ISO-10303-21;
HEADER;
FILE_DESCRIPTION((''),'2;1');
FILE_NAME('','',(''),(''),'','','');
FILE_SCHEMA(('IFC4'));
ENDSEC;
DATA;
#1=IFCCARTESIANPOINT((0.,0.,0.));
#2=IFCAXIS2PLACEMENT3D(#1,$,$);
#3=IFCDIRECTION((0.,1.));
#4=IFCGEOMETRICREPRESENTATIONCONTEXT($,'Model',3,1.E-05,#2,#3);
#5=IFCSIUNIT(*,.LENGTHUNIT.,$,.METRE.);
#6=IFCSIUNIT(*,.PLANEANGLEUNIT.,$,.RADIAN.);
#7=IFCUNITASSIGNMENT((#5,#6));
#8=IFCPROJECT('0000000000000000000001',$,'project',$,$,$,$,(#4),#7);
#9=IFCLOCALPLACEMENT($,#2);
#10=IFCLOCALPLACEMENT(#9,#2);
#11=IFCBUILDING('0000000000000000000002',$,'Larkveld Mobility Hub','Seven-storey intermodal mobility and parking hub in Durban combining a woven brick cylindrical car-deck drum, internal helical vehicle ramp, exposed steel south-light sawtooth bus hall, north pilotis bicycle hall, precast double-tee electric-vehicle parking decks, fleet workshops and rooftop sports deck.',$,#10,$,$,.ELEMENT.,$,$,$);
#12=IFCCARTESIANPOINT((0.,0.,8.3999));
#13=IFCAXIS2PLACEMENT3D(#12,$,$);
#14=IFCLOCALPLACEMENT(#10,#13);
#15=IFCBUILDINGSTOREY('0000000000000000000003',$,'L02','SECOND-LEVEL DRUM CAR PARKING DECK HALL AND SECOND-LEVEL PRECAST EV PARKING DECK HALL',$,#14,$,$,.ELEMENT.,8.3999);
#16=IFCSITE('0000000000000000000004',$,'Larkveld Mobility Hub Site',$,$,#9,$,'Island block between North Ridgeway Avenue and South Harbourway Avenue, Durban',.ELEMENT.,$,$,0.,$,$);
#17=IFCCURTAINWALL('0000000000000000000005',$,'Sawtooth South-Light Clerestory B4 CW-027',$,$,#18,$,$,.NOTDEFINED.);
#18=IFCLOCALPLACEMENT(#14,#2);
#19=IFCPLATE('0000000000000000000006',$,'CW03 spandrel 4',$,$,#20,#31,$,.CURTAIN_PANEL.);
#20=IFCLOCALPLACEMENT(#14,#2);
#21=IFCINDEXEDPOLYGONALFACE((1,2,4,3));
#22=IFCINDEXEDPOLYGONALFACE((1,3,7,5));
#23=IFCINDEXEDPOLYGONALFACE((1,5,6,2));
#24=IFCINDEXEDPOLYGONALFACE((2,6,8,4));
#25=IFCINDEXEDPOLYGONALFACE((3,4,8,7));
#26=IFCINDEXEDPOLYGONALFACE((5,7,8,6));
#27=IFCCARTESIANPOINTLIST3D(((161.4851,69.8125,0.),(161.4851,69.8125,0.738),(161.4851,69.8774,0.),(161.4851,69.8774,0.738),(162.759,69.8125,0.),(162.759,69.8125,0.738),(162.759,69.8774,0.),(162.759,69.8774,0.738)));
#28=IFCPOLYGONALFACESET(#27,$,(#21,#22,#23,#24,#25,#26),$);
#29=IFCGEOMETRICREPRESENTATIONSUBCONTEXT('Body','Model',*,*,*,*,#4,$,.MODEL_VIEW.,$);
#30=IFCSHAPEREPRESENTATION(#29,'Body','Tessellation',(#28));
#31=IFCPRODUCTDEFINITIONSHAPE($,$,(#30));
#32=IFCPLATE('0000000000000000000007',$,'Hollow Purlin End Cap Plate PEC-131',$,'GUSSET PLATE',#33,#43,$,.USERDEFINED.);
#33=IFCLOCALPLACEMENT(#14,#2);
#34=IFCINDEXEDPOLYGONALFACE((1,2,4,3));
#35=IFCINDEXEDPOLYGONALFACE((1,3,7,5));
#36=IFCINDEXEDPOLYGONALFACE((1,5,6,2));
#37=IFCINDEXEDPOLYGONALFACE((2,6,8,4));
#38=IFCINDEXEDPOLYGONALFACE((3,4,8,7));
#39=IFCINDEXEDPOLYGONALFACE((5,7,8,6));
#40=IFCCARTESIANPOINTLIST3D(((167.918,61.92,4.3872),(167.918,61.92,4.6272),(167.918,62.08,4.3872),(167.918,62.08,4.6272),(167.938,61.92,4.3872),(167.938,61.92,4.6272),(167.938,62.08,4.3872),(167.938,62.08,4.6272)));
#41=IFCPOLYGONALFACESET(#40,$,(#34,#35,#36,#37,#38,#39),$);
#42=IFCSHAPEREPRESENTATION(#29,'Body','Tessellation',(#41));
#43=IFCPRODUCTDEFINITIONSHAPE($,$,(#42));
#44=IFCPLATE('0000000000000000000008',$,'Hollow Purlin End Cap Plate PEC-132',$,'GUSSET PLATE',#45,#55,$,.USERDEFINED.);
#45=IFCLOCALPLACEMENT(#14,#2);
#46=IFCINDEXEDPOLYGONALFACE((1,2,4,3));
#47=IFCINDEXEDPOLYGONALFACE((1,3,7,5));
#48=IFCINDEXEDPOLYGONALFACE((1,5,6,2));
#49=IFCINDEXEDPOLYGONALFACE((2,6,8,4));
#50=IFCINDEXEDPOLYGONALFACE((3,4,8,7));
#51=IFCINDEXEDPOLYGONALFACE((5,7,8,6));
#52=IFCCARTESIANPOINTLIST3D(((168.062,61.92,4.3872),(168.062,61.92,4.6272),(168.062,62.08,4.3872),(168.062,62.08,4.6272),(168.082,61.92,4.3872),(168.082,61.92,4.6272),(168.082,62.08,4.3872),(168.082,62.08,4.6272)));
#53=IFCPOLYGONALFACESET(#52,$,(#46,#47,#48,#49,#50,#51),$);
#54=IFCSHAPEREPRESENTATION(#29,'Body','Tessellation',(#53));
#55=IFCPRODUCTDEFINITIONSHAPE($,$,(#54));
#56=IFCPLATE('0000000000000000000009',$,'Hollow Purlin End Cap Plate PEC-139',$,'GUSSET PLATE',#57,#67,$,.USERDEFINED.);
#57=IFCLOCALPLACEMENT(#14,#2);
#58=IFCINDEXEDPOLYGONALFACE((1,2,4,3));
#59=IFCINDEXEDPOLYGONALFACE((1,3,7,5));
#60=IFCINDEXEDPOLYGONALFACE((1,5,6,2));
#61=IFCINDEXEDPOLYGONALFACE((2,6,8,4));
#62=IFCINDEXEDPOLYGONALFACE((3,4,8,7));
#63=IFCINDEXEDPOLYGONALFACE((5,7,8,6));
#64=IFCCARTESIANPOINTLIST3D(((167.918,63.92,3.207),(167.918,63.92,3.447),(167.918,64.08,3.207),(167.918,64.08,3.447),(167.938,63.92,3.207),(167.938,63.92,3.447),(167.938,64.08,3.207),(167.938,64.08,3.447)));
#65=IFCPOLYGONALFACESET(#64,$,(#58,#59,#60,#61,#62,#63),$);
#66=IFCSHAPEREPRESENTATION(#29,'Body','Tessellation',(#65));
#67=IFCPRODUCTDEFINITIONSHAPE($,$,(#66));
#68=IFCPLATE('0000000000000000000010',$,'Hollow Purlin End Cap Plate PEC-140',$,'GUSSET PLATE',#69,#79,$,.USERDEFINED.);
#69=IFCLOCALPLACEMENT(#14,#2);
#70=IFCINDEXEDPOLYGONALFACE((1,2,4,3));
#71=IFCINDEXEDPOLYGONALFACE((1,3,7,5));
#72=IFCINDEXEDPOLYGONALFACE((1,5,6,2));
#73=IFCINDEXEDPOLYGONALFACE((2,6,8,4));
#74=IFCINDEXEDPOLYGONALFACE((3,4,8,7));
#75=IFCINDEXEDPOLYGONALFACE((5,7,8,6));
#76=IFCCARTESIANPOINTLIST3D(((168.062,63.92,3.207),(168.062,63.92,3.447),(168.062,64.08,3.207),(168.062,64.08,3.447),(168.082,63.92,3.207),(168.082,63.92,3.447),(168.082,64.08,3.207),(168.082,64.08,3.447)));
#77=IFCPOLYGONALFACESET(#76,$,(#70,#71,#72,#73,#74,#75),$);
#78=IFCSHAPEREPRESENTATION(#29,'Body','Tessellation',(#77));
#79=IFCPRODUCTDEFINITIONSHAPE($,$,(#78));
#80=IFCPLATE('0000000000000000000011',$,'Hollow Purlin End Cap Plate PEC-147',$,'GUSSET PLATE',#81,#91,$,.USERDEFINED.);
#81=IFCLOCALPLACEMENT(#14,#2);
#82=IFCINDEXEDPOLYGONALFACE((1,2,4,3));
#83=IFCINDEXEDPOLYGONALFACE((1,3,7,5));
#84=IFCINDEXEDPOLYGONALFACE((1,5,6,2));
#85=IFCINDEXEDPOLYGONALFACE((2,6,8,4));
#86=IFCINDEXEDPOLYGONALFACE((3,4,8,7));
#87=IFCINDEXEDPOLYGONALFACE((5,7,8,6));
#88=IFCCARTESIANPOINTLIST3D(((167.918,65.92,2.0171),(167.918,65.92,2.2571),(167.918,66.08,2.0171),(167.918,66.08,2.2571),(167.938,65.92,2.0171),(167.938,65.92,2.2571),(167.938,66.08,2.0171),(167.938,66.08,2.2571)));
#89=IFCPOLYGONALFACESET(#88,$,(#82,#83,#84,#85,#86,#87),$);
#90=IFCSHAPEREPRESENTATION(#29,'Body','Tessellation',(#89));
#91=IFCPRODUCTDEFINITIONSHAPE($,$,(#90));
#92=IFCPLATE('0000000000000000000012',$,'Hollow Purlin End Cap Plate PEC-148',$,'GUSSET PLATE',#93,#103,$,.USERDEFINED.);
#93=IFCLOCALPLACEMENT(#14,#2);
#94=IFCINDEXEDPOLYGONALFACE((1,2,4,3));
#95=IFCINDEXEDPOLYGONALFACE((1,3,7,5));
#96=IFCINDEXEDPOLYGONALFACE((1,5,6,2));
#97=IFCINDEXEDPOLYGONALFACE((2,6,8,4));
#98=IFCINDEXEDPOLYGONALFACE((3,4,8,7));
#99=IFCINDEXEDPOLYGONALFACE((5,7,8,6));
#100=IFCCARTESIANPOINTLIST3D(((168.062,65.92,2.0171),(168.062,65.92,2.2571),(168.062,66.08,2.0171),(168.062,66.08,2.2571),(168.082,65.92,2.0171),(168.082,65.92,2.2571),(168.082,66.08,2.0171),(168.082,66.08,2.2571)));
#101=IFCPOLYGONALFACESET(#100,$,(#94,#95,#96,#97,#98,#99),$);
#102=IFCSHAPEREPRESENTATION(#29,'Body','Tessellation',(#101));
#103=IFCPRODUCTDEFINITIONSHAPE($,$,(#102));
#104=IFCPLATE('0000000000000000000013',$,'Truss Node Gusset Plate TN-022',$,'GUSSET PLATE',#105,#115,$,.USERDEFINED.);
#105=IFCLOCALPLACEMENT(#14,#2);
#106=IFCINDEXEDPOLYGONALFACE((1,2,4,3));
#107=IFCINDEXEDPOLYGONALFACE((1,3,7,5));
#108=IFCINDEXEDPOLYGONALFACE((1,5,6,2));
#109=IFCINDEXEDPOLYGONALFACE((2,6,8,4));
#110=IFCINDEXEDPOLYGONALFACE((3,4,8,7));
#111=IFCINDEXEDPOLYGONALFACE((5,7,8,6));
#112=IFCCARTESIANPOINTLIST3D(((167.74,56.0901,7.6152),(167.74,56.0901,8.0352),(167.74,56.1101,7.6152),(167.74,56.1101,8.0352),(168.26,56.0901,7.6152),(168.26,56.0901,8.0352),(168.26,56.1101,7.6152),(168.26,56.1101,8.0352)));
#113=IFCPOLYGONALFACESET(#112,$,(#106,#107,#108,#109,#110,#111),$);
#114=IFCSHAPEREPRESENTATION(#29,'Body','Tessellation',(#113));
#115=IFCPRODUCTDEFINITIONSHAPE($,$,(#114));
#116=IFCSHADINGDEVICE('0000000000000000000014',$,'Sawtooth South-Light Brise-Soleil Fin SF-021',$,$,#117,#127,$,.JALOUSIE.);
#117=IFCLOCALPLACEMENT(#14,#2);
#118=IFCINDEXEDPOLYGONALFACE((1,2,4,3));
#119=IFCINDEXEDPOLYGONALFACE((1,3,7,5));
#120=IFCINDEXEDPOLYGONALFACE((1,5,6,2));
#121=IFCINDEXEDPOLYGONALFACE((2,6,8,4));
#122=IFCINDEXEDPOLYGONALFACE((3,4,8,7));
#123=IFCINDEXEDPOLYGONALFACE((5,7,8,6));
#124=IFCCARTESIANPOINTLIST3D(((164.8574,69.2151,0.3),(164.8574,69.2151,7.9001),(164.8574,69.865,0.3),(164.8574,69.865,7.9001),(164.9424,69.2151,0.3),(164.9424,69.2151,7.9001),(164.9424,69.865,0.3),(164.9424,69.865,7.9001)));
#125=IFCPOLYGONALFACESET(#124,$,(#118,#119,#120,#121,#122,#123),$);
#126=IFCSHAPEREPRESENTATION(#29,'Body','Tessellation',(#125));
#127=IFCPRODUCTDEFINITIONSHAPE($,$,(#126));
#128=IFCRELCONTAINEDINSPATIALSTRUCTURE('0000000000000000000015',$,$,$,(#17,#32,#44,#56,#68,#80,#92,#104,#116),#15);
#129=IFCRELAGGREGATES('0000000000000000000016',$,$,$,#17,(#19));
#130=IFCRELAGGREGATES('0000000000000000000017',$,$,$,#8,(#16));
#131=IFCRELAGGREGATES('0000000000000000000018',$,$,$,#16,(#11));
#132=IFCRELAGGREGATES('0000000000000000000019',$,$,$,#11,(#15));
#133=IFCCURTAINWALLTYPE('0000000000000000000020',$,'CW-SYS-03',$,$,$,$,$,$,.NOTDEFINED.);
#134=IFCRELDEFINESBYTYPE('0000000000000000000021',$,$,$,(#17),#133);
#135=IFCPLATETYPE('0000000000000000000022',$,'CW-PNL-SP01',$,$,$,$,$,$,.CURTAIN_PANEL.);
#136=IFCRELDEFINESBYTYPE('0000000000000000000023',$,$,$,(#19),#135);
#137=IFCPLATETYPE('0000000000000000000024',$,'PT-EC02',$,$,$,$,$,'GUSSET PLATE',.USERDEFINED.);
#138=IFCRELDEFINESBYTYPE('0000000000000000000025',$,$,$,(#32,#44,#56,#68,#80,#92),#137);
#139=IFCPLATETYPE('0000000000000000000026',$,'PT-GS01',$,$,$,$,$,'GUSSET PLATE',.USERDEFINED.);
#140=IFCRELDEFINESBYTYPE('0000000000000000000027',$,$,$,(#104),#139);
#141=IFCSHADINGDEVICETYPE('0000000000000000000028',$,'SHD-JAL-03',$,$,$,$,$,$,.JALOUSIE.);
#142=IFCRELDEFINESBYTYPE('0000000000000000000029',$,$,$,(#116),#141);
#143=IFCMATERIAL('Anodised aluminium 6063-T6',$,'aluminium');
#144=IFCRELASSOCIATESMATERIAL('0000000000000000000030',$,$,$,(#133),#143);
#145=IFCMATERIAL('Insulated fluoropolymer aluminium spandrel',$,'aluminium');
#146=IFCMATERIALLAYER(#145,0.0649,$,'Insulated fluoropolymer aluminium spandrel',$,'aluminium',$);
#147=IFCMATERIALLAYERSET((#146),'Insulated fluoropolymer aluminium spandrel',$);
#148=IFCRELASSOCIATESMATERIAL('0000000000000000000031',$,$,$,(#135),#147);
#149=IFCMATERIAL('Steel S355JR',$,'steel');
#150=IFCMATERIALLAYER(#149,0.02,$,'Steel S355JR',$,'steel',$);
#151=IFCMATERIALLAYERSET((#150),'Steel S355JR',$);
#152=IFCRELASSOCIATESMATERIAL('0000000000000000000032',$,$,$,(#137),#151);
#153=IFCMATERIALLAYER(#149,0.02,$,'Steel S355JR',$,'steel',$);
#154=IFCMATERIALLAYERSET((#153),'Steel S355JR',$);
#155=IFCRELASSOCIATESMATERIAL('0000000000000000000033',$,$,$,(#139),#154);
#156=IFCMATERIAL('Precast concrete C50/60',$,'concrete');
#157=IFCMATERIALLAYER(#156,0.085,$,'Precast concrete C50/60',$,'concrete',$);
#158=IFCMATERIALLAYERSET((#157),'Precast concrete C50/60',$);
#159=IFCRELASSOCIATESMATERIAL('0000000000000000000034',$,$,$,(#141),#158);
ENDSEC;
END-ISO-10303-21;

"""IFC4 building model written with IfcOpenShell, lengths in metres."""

from ifc_helpers import new_model, si_unit, direction, frame, origin, origin_2d, place, context, subcontext, project, spatial, rectangle, extrude, material, layer, layer_set, type_object, element, aggregate, save


model = new_model("IFC4")

# Units and contexts
model_context = context("Model", 3, precision=1e-05, world=origin(), true_north=direction((0.0, 1.0)))
body_context = subcontext(model_context, "Body", "Model", "MODEL_VIEW")
ifc_project = project(units=[si_unit("LENGTHUNIT", "METRE"), si_unit("PLANEANGLEUNIT", "RADIAN")], contexts=[model_context])

# Site, building, storey
site_placement = place(None, origin())
site = spatial("IfcSite", under=ifc_project, at=site_placement, Name="Larkveld Mobility Hub Site", LongName="Island block between North Ridgeway Avenue and South Harbourway Avenue, Durban", CompositionType="ELEMENT", RefElevation=0.0)
building_placement = place(site_placement, origin())
building = spatial("IfcBuilding", under=site, at=building_placement, Name="Larkveld Mobility Hub", Description="Seven-storey intermodal mobility and parking hub in Durban combining a woven brick cylindrical car-deck drum, internal helical vehicle ramp, exposed steel south-light sawtooth bus hall, north pilotis bicycle hall, precast double-tee electric-vehicle parking decks, fleet workshops and rooftop sports deck.", CompositionType="ELEMENT")
storey_placement = place(building_placement, frame((0.0, 0.0, 8.3999)))
storey = spatial("IfcBuildingStorey", under=building, at=storey_placement, Name="L02", Description="SECOND-LEVEL DRUM CAR PARKING DECK HALL AND SECOND-LEVEL PRECAST EV PARKING DECK HALL", CompositionType="ELEMENT", Elevation=8.3999)

# Curtain wall
ifc_material_1 = material(Name="Anodised aluminium 6063-T6", Category="aluminium")
curtain_wall_type = type_object("IfcCurtainWallType", Name="CW-SYS-03", PredefinedType="NOTDEFINED", material=ifc_material_1)
curtain_wall_placement = place(storey_placement, origin())
curtain_wall = element("IfcCurtainWall", 1, at=curtain_wall_placement, inside=storey, type_object=curtain_wall_type, Name="Sawtooth South-Light Clerestory B4 CW-027", PredefinedType="NOTDEFINED")

# Shared definitions
ifc_material_2 = material(Name="Steel S355JR", Category="steel")

# Plate
ifc_material_3 = material(Name="Insulated fluoropolymer aluminium spandrel", Category="aluminium")
ifc_layer_1 = layer(ifc_material_3, 0.0649, Name="Insulated fluoropolymer aluminium spandrel", Category="aluminium")
ifc_layer_set_1 = layer_set([ifc_layer_1], Name="Insulated fluoropolymer aluminium spandrel")
plate_type_1 = type_object("IfcPlateType", Name="CW-PNL-SP01", PredefinedType="CURTAIN_PANEL", material=ifc_layer_set_1)
plate_1_placement = place(storey_placement, frame((162.1221, 69.845, 0.0), z_axis=(0.0, 0.0, 1.0), x_axis=(1.0, 0.0, 0.0)))
plate_1 = element("IfcPlate", 2, at=plate_1_placement, type_object=plate_type_1, Name="CW03 spandrel 4", PredefinedType="CURTAIN_PANEL", context=body_context, shape_type="SweptSolid", body=[
    extrude(rectangle(XDim=1.2739, YDim=0.0649, at=origin_2d()), origin(), (0.0, 0.0, 1.0), 0.738),
])
aggregate(curtain_wall, [plate_1])

# Plates
ifc_layer_2 = layer(ifc_material_2, 0.02, Name="Steel S355JR", Category="steel")
ifc_layer_set_2 = layer_set([ifc_layer_2], Name="Steel S355JR")
plate_type_2 = type_object("IfcPlateType", Name="PT-EC02", ElementType="GUSSET PLATE", PredefinedType="USERDEFINED", material=ifc_layer_set_2)
for number, where, z_axis, x_axis, name in (
    (3, (167.928, 62.0, 4.3872), (0.0, 0.0, 1.0), (1.0, 0.0, 0.0), "Hollow Purlin End Cap Plate PEC-131"),
    (4, (168.072, 62.0, 4.3872), (0.0, 0.0, 1.0), (1.0, 0.0, 0.0), "Hollow Purlin End Cap Plate PEC-132"),
    (5, (167.928, 64.0, 3.207), (0.0, 0.0, 1.0), (1.0, 0.0, 0.0), "Hollow Purlin End Cap Plate PEC-139"),
    (6, (168.072, 64.0, 3.207), (0.0, 0.0, 1.0), (1.0, 0.0, 0.0), "Hollow Purlin End Cap Plate PEC-140"),
    (7, (167.928, 66.0, 2.0171), (0.0, 0.0, 1.0), (1.0, 0.0, 0.0), "Hollow Purlin End Cap Plate PEC-147"),
    (8, (168.072, 66.0, 2.0171), (0.0, 0.0, 1.0), (1.0, 0.0, 0.0), "Hollow Purlin End Cap Plate PEC-148"),
):
    element("IfcPlate", number, at=place(storey_placement, frame(where, z_axis=z_axis, x_axis=x_axis)), inside=storey, type_object=plate_type_2, Name=name, ObjectType="GUSSET PLATE", PredefinedType="USERDEFINED", context=body_context, shape_type="SweptSolid", body=[
        extrude(rectangle(XDim=0.02, YDim=0.1599, at=origin_2d()), origin(), (0.0, 0.0, 1.0), 0.24),
    ])
ifc_layer_3 = layer(ifc_material_2, 0.02, Name="Steel S355JR", Category="steel")
ifc_layer_set_3 = layer_set([ifc_layer_3], Name="Steel S355JR")
plate_type_3 = type_object("IfcPlateType", Name="PT-GS01", ElementType="GUSSET PLATE", PredefinedType="USERDEFINED", material=ifc_layer_set_3)
plate_2_placement = place(storey_placement, frame((168.0, 56.1001, 7.6152), z_axis=(0.0, 0.0, 1.0), x_axis=(1.0, 0.0, 0.0)))
element("IfcPlate", 9, at=plate_2_placement, inside=storey, type_object=plate_type_3, Name="Truss Node Gusset Plate TN-022", ObjectType="GUSSET PLATE", PredefinedType="USERDEFINED", context=body_context, shape_type="SweptSolid", body=[
    extrude(rectangle(XDim=0.52, YDim=0.02, at=origin_2d()), origin(), (0.0, 0.0, 1.0), 0.4199),
])

# Shading device
ifc_material_4 = material(Name="Precast concrete C50/60", Category="concrete")
ifc_layer_4 = layer(ifc_material_4, 0.085, Name="Precast concrete C50/60", Category="concrete")
ifc_layer_set_4 = layer_set([ifc_layer_4], Name="Precast concrete C50/60")
shading_device_type = type_object("IfcShadingDeviceType", Name="SHD-JAL-03", PredefinedType="JALOUSIE", material=ifc_layer_set_4)
shading_device_placement = place(storey_placement, frame((164.8999, 69.54, 0.3), z_axis=(0.0, 0.0, 1.0), x_axis=(1.0, 0.0, 0.0)))
element("IfcShadingDevice", 10, at=shading_device_placement, inside=storey, type_object=shading_device_type, Name="Sawtooth South-Light Brise-Soleil Fin SF-021", PredefinedType="JALOUSIE", context=body_context, shape_type="SweptSolid", body=[
    extrude(rectangle(XDim=0.085, YDim=0.6499, at=origin_2d()), origin(), (0.0, 0.0, 1.0), 7.6001),
])

save(model, "model.ifc")
